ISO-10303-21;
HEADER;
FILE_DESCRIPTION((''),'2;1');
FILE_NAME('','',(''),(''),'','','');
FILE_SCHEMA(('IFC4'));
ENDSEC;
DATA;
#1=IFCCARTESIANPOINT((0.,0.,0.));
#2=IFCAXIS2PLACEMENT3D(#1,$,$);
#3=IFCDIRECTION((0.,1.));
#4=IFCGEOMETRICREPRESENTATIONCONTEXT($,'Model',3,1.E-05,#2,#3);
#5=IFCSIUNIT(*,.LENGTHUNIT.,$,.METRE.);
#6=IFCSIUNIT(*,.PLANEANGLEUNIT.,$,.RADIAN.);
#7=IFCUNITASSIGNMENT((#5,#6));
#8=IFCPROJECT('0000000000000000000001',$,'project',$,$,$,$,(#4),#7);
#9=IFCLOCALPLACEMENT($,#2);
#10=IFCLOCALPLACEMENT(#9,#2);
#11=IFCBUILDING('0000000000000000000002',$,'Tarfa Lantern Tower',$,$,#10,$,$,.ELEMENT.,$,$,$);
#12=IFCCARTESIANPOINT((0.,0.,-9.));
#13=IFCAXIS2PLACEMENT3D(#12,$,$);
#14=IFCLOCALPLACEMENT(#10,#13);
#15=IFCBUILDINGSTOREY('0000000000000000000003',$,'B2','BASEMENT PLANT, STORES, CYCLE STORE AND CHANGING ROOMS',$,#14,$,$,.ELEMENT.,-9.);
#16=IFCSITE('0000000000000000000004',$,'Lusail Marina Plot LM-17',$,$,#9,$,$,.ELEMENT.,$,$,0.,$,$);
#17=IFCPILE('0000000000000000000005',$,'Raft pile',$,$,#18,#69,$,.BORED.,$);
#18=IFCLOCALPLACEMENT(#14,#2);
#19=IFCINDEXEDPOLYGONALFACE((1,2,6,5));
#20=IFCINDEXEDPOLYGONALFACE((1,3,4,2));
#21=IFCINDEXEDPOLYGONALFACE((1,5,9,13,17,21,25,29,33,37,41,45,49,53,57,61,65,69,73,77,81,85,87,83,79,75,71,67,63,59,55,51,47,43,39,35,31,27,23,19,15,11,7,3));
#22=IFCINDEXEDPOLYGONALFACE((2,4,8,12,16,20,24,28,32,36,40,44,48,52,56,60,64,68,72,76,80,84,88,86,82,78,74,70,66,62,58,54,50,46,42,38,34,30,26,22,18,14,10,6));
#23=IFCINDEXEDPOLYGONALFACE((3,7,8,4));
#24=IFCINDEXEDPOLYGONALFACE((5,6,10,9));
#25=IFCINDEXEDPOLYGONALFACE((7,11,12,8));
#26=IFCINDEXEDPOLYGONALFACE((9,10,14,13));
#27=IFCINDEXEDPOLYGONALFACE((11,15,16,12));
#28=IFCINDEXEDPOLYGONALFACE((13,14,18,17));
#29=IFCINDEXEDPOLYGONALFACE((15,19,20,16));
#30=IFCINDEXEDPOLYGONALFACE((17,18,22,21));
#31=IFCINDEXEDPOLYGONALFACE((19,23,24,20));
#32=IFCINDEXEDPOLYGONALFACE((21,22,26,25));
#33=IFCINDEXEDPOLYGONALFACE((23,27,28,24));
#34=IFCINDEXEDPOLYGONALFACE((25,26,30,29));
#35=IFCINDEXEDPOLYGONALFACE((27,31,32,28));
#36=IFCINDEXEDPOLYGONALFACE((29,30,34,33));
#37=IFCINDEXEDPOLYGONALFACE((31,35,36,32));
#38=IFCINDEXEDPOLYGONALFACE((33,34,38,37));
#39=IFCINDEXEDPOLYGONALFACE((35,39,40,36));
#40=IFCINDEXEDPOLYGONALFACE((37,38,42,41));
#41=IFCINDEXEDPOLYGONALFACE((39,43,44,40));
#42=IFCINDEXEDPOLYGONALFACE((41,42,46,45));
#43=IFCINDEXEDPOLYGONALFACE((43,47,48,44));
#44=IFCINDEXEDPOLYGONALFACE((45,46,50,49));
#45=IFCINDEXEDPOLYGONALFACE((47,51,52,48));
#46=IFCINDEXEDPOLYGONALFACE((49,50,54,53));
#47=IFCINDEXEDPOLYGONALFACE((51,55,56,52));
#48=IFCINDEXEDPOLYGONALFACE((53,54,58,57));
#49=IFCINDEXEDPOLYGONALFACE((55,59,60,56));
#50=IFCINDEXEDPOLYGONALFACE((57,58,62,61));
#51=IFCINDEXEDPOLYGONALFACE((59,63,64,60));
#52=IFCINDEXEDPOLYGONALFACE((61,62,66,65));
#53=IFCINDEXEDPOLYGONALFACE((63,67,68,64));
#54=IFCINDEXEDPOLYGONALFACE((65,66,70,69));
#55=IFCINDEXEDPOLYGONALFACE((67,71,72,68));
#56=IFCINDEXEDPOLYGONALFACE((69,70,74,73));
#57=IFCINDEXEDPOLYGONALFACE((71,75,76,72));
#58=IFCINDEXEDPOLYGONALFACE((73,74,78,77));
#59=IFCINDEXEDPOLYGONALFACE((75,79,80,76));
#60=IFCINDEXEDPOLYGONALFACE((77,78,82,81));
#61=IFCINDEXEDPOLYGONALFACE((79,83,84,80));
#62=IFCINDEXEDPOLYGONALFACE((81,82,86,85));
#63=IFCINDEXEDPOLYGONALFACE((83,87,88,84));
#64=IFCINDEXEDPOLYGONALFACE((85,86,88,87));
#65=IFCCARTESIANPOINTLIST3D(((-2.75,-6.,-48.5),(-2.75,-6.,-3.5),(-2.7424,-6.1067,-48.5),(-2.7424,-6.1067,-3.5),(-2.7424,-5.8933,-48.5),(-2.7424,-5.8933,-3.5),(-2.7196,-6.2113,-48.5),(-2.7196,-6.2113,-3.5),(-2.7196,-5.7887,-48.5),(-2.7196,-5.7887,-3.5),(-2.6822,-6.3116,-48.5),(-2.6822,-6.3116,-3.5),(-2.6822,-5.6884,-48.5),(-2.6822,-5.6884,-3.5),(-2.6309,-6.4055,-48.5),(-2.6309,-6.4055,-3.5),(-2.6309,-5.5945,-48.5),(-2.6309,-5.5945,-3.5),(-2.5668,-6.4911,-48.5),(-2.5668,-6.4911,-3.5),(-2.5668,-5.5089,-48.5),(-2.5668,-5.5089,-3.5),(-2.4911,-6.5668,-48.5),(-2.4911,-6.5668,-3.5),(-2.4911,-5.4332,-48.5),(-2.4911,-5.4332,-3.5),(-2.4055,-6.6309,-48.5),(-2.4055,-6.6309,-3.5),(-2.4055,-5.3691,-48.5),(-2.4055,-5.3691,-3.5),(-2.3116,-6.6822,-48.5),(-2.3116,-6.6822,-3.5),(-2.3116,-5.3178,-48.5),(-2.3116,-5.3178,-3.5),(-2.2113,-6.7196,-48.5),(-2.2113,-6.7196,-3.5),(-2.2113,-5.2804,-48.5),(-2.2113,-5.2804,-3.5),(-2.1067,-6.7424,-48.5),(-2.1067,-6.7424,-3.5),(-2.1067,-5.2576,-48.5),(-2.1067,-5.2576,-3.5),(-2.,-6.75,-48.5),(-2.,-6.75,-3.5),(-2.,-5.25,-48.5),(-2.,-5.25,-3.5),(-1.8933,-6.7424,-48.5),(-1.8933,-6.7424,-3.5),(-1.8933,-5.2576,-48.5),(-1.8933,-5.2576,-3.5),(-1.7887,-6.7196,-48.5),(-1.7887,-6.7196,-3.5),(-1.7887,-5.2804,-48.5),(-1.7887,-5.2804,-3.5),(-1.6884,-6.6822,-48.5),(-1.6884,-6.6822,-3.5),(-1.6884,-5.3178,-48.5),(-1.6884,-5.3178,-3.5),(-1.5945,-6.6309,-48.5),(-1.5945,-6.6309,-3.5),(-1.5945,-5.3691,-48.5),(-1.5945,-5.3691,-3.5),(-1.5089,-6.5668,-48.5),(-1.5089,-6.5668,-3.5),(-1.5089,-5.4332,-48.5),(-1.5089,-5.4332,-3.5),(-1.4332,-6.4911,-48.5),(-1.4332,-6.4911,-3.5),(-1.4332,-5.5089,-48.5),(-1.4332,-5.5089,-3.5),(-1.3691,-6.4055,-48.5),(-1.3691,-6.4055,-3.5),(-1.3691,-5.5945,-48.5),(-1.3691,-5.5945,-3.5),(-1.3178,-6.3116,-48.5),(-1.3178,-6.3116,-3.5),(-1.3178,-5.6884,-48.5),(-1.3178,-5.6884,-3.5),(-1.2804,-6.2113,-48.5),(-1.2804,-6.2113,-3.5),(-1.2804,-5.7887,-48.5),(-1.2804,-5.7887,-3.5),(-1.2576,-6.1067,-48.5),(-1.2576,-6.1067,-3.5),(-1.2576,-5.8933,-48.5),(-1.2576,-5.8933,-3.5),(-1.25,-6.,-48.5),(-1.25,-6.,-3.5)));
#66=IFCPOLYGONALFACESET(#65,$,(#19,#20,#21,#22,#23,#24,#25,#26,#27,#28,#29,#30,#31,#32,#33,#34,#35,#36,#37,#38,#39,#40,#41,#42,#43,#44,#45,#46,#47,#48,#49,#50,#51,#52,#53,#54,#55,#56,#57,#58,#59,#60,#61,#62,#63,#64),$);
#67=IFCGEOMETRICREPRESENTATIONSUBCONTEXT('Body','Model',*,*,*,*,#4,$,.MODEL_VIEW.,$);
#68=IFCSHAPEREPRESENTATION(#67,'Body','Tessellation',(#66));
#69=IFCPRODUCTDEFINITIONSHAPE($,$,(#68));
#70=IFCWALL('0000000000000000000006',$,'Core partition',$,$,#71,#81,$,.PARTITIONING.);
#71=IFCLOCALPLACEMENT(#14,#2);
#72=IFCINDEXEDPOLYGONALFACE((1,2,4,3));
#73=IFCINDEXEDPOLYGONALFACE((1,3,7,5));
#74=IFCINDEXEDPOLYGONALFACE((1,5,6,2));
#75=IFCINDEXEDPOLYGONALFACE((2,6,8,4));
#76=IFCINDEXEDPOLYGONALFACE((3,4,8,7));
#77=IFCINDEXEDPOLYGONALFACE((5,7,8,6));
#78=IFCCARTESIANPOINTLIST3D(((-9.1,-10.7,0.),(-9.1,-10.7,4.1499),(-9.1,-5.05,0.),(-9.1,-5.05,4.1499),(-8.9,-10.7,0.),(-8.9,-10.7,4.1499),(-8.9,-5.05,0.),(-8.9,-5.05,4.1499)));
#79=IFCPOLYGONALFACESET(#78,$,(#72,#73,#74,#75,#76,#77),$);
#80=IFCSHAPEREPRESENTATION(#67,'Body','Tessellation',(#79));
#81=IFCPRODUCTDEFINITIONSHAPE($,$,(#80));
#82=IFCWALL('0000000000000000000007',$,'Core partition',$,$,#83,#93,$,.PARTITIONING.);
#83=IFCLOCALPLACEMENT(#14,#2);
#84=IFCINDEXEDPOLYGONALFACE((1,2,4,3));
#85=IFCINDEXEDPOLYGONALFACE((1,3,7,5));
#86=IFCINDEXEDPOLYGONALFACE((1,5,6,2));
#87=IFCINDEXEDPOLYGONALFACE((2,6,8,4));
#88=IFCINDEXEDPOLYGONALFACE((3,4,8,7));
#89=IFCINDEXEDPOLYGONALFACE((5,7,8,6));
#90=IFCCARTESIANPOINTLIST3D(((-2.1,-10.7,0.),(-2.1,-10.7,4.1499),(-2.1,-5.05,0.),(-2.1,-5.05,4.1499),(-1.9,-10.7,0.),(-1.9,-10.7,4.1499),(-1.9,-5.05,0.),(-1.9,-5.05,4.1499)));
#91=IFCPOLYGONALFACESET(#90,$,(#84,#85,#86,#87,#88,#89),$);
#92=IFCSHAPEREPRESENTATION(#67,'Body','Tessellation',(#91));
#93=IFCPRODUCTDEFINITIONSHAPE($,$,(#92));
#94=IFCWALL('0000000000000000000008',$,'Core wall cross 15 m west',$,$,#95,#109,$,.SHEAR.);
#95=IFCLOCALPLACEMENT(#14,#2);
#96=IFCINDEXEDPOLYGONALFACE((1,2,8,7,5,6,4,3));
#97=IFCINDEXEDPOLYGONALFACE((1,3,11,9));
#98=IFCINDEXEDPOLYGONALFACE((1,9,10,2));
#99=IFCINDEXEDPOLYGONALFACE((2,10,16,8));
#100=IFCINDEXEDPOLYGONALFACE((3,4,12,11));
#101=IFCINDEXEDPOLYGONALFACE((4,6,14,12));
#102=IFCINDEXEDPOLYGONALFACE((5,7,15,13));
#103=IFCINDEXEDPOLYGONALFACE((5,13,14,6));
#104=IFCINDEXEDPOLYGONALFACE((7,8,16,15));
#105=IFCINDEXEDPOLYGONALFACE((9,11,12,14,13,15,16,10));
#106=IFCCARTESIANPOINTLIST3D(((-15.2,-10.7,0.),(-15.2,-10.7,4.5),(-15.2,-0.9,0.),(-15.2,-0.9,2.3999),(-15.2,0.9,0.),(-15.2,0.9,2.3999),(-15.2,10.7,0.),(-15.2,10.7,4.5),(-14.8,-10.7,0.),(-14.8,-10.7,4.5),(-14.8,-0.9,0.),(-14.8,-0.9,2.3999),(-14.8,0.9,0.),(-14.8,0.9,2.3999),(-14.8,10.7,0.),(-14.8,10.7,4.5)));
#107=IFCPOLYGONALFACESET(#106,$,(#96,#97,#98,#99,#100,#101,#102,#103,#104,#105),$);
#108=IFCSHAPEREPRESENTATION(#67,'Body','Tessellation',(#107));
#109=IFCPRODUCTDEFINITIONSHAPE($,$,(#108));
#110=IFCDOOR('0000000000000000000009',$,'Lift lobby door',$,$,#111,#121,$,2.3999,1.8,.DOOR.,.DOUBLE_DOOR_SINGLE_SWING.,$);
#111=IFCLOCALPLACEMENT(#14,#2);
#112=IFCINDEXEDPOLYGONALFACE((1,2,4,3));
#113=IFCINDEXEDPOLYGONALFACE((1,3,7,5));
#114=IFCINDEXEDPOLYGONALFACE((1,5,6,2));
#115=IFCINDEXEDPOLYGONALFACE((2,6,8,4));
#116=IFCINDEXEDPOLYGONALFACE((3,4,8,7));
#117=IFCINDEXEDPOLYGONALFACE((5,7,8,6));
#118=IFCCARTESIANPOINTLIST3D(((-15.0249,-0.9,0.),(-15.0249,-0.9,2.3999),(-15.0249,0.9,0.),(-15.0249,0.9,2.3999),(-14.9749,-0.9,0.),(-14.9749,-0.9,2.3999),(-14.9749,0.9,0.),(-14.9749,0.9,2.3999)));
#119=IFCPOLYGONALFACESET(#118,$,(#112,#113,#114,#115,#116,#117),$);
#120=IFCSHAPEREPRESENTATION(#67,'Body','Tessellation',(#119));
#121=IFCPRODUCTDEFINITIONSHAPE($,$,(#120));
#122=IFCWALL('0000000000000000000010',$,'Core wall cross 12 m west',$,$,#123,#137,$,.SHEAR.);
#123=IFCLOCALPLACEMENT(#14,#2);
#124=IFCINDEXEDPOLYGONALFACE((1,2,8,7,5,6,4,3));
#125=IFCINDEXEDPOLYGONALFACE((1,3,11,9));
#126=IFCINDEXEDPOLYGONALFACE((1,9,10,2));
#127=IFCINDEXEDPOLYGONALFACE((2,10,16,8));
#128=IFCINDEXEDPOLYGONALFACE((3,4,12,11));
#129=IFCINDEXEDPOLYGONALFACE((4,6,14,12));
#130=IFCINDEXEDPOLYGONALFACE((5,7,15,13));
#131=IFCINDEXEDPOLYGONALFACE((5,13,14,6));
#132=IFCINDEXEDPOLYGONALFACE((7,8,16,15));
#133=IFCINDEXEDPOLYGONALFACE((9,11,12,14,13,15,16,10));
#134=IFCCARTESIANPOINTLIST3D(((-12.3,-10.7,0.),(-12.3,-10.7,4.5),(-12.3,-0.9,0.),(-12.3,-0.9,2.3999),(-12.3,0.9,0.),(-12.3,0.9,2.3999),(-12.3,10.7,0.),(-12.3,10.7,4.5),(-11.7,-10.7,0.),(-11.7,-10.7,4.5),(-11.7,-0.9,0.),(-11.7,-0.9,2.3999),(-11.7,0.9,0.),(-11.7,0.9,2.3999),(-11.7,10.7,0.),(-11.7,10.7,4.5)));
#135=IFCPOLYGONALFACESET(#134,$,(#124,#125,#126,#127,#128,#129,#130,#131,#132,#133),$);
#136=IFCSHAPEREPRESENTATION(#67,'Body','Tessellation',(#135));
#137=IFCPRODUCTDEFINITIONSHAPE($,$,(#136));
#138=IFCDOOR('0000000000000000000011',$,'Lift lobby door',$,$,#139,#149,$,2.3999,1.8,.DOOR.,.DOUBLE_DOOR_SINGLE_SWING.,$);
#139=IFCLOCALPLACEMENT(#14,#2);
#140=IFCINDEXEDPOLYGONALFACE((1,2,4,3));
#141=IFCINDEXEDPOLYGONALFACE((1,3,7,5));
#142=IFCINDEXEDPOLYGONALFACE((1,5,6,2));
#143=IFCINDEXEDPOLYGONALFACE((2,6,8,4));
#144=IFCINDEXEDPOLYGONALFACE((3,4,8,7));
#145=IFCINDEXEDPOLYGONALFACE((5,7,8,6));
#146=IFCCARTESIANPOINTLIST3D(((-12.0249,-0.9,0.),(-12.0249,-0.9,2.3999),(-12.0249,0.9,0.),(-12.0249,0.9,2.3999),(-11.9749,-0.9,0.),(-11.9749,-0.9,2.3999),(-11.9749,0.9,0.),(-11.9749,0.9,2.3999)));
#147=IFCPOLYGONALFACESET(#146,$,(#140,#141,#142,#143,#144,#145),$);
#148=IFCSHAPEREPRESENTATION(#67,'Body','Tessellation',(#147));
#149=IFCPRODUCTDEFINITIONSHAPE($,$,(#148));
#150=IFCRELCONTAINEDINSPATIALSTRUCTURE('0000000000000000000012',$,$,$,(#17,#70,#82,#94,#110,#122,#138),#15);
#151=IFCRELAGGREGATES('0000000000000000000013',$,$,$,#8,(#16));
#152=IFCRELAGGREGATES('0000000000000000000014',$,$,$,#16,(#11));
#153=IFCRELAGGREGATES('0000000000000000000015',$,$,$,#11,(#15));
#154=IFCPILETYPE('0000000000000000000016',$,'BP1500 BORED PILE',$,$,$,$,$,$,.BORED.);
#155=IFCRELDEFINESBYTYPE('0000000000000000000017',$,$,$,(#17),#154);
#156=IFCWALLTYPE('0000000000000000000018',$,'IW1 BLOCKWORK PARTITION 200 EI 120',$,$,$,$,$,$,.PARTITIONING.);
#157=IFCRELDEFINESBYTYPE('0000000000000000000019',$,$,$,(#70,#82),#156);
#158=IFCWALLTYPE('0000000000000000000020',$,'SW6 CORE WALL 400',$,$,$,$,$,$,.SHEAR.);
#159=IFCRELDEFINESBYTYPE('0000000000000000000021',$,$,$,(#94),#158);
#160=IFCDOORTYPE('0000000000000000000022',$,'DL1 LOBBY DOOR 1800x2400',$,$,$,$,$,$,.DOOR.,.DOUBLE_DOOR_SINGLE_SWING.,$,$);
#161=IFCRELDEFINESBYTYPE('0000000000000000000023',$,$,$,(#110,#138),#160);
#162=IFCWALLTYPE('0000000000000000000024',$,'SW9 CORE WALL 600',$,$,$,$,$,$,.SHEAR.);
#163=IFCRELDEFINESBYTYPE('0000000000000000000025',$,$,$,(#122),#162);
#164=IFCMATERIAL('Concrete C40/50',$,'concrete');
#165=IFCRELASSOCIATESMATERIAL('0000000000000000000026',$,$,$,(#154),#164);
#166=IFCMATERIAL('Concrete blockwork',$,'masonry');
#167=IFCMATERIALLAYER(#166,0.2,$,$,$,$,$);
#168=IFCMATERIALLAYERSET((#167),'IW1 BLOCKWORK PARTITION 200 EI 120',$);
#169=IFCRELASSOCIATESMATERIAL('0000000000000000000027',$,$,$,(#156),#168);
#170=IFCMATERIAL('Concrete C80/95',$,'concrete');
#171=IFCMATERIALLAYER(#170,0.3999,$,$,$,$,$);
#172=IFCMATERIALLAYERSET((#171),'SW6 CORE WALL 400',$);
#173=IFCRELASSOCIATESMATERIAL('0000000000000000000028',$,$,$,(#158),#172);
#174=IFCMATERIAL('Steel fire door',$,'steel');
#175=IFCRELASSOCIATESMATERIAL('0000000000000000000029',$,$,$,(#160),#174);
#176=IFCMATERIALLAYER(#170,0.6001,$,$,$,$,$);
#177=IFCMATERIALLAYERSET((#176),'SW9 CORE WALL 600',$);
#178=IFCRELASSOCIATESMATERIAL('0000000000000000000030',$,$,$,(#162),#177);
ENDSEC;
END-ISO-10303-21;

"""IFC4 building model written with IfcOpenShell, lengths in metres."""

from ifc_helpers import new_model, si_unit, direction, frame, frame_2d, origin, origin_2d, place, context, subcontext, project, spatial, rectangle, circle, extrude, material, layer, layer_set, material_profile, profile_set, type_object, element, fill, save


model = new_model("IFC4")

# Units and contexts
model_context = context("Model", 3, precision=1e-05, world=origin(), true_north=direction((0.0, 1.0)))
body_context = subcontext(model_context, "Body", "Model", "MODEL_VIEW")
ifc_project = project(units=[si_unit("LENGTHUNIT", "METRE"), si_unit("PLANEANGLEUNIT", "RADIAN")], contexts=[model_context])

# Site, building, storey
site_placement = place(None, origin())
site = spatial("IfcSite", under=ifc_project, at=site_placement, Name="Lusail Marina Plot LM-17", CompositionType="ELEMENT", RefElevation=0.0)
building_placement = place(site_placement, origin())
building = spatial("IfcBuilding", under=site, at=building_placement, Name="Tarfa Lantern Tower", CompositionType="ELEMENT")
storey_placement = place(building_placement, frame((0.0, 0.0, -9.0)))
storey = spatial("IfcBuildingStorey", under=building, at=storey_placement, Name="B2", Description="BASEMENT PLANT, STORES, CYCLE STORE AND CHANGING ROOMS", CompositionType="ELEMENT", Elevation=-9.0)

# Pile
ifc_material_1 = material(Name="Concrete C40/50", Category="concrete")
ifc_material_profile = material_profile(ifc_material_1, circle(Radius=0.75, at=origin_2d()), Name="BORED PILE D1500")
ifc_profile_set = profile_set([ifc_material_profile], Name="Concrete C40/50")
pile_type = type_object("IfcPileType", Name="BP1500 BORED PILE", PredefinedType="BORED", material=ifc_profile_set)
for number, where, z_axis, x_axis, name in (
    (1, (-2.0, -6.0, -3.5), (0.0, 0.0, -1.0), (1.0, 0.0, 0.0), "Raft pile"),
):
    element("IfcPile", number, at=place(storey_placement, frame(where, z_axis=z_axis, x_axis=x_axis)), inside=storey, type_object=pile_type, Name=name, PredefinedType="BORED", context=body_context, shape_type="SweptSolid", body=[
        extrude(circle(Radius=0.75, at=origin_2d()), origin(), (0.0, 0.0, 1.0), 45.0),
    ])

# Walls
ifc_material_2 = material(Name="Concrete blockwork", Category="masonry")
ifc_layer_1 = layer(ifc_material_2, 0.2)
ifc_layer_set_1 = layer_set([ifc_layer_1], Name="IW1 BLOCKWORK PARTITION 200 EI 120")
wall_type_1 = type_object("IfcWallType", Name="IW1 BLOCKWORK PARTITION 200 EI 120", PredefinedType="PARTITIONING", material=ifc_layer_set_1)
for number, where, z_axis, x_axis, name in (
    (2, (-9.0, -5.05, 0.0), (0.0, 0.0, 1.0), (0.0, -1.0, 0.0), "Core partition"),
    (3, (-2.0, -5.05, 0.0), (0.0, 0.0, 1.0), (0.0, -1.0, 0.0), "Core partition"),
):
    element("IfcWall", number, at=place(storey_placement, frame(where, z_axis=z_axis, x_axis=x_axis)), inside=storey, type_object=wall_type_1, Name=name, PredefinedType="PARTITIONING", context=body_context, shape_type="SweptSolid", body=[
        extrude(rectangle(XDim=5.6499, YDim=0.2, at=frame_2d((2.825, 0.0))), origin(), (0.0, 0.0, 1.0), 4.1499),
    ])

# Walls, openings, doors
ifc_material_3 = material(Name="Concrete C80/95", Category="concrete")
ifc_layer_2 = layer(ifc_material_3, 0.3999)
ifc_layer_set_2 = layer_set([ifc_layer_2], Name="SW6 CORE WALL 400")
wall_type_2 = type_object("IfcWallType", Name="SW6 CORE WALL 400", PredefinedType="SHEAR", material=ifc_layer_set_2)
wall_1_placement = place(storey_placement, frame((-15.0, -10.7, 0.0), z_axis=(0.0, 0.0, 1.0), x_axis=(0.0, 1.0, 0.0)))
wall_1 = element("IfcWall", 4, at=wall_1_placement, inside=storey, type_object=wall_type_2, Name="Core wall cross 15 m west", PredefinedType="SHEAR", context=body_context, shape_type="SweptSolid", body=[
    extrude(rectangle(XDim=21.3999, YDim=0.3999, at=frame_2d((10.7, 0.0))), origin(), (0.0, 0.0, 1.0), 4.5),
])
opening_1_placement = place(wall_1_placement, frame((9.8, 0.0, 0.0)))
opening_1 = element("IfcOpeningElement", 5, at=opening_1_placement, cuts=wall_1, PredefinedType="OPENING", context=body_context, shape_type="SweptSolid", body=[
    extrude(rectangle(XDim=1.8, YDim=2.3999, at=frame_2d((0.8999, 1.2))), frame((0.0, 0.21, 0.0), z_axis=(0.0, -1.0, 0.0), x_axis=(1.0, 0.0, 0.0)), (0.0, 0.0, 1.0), 0.4199),
])
ifc_material_4 = material(Name="Steel fire door", Category="steel")
door_type = type_object("IfcDoorType", Name="DL1 LOBBY DOOR 1800x2400", OperationType="DOUBLE_DOOR_SINGLE_SWING", PredefinedType="DOOR", material=ifc_material_4)
door_1_placement = place(opening_1_placement, origin())
door_1 = element("IfcDoor", 6, at=door_1_placement, inside=storey, type_object=door_type, Name="Lift lobby door", OperationType="DOUBLE_DOOR_SINGLE_SWING", OverallHeight=2.3999, OverallWidth=1.8, PredefinedType="DOOR", context=body_context, shape_type="SweptSolid", body=[
    extrude(rectangle(XDim=1.8, YDim=2.3999, at=frame_2d((0.8999, 1.2))), frame((0.0, 0.0249, 0.0), z_axis=(0.0, -1.0, 0.0), x_axis=(1.0, 0.0, 0.0)), (0.0, 0.0, 1.0), 0.05),
])
fill(opening_1, door_1)
ifc_layer_3 = layer(ifc_material_3, 0.6001)
ifc_layer_set_3 = layer_set([ifc_layer_3], Name="SW9 CORE WALL 600")
wall_type_3 = type_object("IfcWallType", Name="SW9 CORE WALL 600", PredefinedType="SHEAR", material=ifc_layer_set_3)
wall_2_placement = place(storey_placement, frame((-12.0, -10.7, 0.0), z_axis=(0.0, 0.0, 1.0), x_axis=(0.0, 1.0, 0.0)))
wall_2 = element("IfcWall", 7, at=wall_2_placement, inside=storey, type_object=wall_type_3, Name="Core wall cross 12 m west", PredefinedType="SHEAR", context=body_context, shape_type="SweptSolid", body=[
    extrude(rectangle(XDim=21.3999, YDim=0.6001, at=frame_2d((10.7, 0.0))), origin(), (0.0, 0.0, 1.0), 4.5),
])
opening_2_placement = place(wall_2_placement, frame((9.8, 0.0, 0.0)))
opening_2 = element("IfcOpeningElement", 8, at=opening_2_placement, cuts=wall_2, PredefinedType="OPENING", context=body_context, shape_type="SweptSolid", body=[
    extrude(rectangle(XDim=1.8, YDim=2.3999, at=frame_2d((0.8999, 1.2))), frame((0.0, 0.3101, 0.0), z_axis=(0.0, -1.0, 0.0), x_axis=(1.0, 0.0, 0.0)), (0.0, 0.0, 1.0), 0.6201),
])
door_2_placement = place(opening_2_placement, origin())
door_2 = element("IfcDoor", 9, at=door_2_placement, inside=storey, type_object=door_type, Name="Lift lobby door", OperationType="DOUBLE_DOOR_SINGLE_SWING", OverallHeight=2.3999, OverallWidth=1.8, PredefinedType="DOOR", context=body_context, shape_type="SweptSolid", body=[
    extrude(rectangle(XDim=1.8, YDim=2.3999, at=frame_2d((0.8999, 1.2))), frame((0.0, 0.0249, 0.0), z_axis=(0.0, -1.0, 0.0), x_axis=(1.0, 0.0, 0.0)), (0.0, 0.0, 1.0), 0.05),
])
fill(opening_2, door_2)

save(model, "model.ifc")
